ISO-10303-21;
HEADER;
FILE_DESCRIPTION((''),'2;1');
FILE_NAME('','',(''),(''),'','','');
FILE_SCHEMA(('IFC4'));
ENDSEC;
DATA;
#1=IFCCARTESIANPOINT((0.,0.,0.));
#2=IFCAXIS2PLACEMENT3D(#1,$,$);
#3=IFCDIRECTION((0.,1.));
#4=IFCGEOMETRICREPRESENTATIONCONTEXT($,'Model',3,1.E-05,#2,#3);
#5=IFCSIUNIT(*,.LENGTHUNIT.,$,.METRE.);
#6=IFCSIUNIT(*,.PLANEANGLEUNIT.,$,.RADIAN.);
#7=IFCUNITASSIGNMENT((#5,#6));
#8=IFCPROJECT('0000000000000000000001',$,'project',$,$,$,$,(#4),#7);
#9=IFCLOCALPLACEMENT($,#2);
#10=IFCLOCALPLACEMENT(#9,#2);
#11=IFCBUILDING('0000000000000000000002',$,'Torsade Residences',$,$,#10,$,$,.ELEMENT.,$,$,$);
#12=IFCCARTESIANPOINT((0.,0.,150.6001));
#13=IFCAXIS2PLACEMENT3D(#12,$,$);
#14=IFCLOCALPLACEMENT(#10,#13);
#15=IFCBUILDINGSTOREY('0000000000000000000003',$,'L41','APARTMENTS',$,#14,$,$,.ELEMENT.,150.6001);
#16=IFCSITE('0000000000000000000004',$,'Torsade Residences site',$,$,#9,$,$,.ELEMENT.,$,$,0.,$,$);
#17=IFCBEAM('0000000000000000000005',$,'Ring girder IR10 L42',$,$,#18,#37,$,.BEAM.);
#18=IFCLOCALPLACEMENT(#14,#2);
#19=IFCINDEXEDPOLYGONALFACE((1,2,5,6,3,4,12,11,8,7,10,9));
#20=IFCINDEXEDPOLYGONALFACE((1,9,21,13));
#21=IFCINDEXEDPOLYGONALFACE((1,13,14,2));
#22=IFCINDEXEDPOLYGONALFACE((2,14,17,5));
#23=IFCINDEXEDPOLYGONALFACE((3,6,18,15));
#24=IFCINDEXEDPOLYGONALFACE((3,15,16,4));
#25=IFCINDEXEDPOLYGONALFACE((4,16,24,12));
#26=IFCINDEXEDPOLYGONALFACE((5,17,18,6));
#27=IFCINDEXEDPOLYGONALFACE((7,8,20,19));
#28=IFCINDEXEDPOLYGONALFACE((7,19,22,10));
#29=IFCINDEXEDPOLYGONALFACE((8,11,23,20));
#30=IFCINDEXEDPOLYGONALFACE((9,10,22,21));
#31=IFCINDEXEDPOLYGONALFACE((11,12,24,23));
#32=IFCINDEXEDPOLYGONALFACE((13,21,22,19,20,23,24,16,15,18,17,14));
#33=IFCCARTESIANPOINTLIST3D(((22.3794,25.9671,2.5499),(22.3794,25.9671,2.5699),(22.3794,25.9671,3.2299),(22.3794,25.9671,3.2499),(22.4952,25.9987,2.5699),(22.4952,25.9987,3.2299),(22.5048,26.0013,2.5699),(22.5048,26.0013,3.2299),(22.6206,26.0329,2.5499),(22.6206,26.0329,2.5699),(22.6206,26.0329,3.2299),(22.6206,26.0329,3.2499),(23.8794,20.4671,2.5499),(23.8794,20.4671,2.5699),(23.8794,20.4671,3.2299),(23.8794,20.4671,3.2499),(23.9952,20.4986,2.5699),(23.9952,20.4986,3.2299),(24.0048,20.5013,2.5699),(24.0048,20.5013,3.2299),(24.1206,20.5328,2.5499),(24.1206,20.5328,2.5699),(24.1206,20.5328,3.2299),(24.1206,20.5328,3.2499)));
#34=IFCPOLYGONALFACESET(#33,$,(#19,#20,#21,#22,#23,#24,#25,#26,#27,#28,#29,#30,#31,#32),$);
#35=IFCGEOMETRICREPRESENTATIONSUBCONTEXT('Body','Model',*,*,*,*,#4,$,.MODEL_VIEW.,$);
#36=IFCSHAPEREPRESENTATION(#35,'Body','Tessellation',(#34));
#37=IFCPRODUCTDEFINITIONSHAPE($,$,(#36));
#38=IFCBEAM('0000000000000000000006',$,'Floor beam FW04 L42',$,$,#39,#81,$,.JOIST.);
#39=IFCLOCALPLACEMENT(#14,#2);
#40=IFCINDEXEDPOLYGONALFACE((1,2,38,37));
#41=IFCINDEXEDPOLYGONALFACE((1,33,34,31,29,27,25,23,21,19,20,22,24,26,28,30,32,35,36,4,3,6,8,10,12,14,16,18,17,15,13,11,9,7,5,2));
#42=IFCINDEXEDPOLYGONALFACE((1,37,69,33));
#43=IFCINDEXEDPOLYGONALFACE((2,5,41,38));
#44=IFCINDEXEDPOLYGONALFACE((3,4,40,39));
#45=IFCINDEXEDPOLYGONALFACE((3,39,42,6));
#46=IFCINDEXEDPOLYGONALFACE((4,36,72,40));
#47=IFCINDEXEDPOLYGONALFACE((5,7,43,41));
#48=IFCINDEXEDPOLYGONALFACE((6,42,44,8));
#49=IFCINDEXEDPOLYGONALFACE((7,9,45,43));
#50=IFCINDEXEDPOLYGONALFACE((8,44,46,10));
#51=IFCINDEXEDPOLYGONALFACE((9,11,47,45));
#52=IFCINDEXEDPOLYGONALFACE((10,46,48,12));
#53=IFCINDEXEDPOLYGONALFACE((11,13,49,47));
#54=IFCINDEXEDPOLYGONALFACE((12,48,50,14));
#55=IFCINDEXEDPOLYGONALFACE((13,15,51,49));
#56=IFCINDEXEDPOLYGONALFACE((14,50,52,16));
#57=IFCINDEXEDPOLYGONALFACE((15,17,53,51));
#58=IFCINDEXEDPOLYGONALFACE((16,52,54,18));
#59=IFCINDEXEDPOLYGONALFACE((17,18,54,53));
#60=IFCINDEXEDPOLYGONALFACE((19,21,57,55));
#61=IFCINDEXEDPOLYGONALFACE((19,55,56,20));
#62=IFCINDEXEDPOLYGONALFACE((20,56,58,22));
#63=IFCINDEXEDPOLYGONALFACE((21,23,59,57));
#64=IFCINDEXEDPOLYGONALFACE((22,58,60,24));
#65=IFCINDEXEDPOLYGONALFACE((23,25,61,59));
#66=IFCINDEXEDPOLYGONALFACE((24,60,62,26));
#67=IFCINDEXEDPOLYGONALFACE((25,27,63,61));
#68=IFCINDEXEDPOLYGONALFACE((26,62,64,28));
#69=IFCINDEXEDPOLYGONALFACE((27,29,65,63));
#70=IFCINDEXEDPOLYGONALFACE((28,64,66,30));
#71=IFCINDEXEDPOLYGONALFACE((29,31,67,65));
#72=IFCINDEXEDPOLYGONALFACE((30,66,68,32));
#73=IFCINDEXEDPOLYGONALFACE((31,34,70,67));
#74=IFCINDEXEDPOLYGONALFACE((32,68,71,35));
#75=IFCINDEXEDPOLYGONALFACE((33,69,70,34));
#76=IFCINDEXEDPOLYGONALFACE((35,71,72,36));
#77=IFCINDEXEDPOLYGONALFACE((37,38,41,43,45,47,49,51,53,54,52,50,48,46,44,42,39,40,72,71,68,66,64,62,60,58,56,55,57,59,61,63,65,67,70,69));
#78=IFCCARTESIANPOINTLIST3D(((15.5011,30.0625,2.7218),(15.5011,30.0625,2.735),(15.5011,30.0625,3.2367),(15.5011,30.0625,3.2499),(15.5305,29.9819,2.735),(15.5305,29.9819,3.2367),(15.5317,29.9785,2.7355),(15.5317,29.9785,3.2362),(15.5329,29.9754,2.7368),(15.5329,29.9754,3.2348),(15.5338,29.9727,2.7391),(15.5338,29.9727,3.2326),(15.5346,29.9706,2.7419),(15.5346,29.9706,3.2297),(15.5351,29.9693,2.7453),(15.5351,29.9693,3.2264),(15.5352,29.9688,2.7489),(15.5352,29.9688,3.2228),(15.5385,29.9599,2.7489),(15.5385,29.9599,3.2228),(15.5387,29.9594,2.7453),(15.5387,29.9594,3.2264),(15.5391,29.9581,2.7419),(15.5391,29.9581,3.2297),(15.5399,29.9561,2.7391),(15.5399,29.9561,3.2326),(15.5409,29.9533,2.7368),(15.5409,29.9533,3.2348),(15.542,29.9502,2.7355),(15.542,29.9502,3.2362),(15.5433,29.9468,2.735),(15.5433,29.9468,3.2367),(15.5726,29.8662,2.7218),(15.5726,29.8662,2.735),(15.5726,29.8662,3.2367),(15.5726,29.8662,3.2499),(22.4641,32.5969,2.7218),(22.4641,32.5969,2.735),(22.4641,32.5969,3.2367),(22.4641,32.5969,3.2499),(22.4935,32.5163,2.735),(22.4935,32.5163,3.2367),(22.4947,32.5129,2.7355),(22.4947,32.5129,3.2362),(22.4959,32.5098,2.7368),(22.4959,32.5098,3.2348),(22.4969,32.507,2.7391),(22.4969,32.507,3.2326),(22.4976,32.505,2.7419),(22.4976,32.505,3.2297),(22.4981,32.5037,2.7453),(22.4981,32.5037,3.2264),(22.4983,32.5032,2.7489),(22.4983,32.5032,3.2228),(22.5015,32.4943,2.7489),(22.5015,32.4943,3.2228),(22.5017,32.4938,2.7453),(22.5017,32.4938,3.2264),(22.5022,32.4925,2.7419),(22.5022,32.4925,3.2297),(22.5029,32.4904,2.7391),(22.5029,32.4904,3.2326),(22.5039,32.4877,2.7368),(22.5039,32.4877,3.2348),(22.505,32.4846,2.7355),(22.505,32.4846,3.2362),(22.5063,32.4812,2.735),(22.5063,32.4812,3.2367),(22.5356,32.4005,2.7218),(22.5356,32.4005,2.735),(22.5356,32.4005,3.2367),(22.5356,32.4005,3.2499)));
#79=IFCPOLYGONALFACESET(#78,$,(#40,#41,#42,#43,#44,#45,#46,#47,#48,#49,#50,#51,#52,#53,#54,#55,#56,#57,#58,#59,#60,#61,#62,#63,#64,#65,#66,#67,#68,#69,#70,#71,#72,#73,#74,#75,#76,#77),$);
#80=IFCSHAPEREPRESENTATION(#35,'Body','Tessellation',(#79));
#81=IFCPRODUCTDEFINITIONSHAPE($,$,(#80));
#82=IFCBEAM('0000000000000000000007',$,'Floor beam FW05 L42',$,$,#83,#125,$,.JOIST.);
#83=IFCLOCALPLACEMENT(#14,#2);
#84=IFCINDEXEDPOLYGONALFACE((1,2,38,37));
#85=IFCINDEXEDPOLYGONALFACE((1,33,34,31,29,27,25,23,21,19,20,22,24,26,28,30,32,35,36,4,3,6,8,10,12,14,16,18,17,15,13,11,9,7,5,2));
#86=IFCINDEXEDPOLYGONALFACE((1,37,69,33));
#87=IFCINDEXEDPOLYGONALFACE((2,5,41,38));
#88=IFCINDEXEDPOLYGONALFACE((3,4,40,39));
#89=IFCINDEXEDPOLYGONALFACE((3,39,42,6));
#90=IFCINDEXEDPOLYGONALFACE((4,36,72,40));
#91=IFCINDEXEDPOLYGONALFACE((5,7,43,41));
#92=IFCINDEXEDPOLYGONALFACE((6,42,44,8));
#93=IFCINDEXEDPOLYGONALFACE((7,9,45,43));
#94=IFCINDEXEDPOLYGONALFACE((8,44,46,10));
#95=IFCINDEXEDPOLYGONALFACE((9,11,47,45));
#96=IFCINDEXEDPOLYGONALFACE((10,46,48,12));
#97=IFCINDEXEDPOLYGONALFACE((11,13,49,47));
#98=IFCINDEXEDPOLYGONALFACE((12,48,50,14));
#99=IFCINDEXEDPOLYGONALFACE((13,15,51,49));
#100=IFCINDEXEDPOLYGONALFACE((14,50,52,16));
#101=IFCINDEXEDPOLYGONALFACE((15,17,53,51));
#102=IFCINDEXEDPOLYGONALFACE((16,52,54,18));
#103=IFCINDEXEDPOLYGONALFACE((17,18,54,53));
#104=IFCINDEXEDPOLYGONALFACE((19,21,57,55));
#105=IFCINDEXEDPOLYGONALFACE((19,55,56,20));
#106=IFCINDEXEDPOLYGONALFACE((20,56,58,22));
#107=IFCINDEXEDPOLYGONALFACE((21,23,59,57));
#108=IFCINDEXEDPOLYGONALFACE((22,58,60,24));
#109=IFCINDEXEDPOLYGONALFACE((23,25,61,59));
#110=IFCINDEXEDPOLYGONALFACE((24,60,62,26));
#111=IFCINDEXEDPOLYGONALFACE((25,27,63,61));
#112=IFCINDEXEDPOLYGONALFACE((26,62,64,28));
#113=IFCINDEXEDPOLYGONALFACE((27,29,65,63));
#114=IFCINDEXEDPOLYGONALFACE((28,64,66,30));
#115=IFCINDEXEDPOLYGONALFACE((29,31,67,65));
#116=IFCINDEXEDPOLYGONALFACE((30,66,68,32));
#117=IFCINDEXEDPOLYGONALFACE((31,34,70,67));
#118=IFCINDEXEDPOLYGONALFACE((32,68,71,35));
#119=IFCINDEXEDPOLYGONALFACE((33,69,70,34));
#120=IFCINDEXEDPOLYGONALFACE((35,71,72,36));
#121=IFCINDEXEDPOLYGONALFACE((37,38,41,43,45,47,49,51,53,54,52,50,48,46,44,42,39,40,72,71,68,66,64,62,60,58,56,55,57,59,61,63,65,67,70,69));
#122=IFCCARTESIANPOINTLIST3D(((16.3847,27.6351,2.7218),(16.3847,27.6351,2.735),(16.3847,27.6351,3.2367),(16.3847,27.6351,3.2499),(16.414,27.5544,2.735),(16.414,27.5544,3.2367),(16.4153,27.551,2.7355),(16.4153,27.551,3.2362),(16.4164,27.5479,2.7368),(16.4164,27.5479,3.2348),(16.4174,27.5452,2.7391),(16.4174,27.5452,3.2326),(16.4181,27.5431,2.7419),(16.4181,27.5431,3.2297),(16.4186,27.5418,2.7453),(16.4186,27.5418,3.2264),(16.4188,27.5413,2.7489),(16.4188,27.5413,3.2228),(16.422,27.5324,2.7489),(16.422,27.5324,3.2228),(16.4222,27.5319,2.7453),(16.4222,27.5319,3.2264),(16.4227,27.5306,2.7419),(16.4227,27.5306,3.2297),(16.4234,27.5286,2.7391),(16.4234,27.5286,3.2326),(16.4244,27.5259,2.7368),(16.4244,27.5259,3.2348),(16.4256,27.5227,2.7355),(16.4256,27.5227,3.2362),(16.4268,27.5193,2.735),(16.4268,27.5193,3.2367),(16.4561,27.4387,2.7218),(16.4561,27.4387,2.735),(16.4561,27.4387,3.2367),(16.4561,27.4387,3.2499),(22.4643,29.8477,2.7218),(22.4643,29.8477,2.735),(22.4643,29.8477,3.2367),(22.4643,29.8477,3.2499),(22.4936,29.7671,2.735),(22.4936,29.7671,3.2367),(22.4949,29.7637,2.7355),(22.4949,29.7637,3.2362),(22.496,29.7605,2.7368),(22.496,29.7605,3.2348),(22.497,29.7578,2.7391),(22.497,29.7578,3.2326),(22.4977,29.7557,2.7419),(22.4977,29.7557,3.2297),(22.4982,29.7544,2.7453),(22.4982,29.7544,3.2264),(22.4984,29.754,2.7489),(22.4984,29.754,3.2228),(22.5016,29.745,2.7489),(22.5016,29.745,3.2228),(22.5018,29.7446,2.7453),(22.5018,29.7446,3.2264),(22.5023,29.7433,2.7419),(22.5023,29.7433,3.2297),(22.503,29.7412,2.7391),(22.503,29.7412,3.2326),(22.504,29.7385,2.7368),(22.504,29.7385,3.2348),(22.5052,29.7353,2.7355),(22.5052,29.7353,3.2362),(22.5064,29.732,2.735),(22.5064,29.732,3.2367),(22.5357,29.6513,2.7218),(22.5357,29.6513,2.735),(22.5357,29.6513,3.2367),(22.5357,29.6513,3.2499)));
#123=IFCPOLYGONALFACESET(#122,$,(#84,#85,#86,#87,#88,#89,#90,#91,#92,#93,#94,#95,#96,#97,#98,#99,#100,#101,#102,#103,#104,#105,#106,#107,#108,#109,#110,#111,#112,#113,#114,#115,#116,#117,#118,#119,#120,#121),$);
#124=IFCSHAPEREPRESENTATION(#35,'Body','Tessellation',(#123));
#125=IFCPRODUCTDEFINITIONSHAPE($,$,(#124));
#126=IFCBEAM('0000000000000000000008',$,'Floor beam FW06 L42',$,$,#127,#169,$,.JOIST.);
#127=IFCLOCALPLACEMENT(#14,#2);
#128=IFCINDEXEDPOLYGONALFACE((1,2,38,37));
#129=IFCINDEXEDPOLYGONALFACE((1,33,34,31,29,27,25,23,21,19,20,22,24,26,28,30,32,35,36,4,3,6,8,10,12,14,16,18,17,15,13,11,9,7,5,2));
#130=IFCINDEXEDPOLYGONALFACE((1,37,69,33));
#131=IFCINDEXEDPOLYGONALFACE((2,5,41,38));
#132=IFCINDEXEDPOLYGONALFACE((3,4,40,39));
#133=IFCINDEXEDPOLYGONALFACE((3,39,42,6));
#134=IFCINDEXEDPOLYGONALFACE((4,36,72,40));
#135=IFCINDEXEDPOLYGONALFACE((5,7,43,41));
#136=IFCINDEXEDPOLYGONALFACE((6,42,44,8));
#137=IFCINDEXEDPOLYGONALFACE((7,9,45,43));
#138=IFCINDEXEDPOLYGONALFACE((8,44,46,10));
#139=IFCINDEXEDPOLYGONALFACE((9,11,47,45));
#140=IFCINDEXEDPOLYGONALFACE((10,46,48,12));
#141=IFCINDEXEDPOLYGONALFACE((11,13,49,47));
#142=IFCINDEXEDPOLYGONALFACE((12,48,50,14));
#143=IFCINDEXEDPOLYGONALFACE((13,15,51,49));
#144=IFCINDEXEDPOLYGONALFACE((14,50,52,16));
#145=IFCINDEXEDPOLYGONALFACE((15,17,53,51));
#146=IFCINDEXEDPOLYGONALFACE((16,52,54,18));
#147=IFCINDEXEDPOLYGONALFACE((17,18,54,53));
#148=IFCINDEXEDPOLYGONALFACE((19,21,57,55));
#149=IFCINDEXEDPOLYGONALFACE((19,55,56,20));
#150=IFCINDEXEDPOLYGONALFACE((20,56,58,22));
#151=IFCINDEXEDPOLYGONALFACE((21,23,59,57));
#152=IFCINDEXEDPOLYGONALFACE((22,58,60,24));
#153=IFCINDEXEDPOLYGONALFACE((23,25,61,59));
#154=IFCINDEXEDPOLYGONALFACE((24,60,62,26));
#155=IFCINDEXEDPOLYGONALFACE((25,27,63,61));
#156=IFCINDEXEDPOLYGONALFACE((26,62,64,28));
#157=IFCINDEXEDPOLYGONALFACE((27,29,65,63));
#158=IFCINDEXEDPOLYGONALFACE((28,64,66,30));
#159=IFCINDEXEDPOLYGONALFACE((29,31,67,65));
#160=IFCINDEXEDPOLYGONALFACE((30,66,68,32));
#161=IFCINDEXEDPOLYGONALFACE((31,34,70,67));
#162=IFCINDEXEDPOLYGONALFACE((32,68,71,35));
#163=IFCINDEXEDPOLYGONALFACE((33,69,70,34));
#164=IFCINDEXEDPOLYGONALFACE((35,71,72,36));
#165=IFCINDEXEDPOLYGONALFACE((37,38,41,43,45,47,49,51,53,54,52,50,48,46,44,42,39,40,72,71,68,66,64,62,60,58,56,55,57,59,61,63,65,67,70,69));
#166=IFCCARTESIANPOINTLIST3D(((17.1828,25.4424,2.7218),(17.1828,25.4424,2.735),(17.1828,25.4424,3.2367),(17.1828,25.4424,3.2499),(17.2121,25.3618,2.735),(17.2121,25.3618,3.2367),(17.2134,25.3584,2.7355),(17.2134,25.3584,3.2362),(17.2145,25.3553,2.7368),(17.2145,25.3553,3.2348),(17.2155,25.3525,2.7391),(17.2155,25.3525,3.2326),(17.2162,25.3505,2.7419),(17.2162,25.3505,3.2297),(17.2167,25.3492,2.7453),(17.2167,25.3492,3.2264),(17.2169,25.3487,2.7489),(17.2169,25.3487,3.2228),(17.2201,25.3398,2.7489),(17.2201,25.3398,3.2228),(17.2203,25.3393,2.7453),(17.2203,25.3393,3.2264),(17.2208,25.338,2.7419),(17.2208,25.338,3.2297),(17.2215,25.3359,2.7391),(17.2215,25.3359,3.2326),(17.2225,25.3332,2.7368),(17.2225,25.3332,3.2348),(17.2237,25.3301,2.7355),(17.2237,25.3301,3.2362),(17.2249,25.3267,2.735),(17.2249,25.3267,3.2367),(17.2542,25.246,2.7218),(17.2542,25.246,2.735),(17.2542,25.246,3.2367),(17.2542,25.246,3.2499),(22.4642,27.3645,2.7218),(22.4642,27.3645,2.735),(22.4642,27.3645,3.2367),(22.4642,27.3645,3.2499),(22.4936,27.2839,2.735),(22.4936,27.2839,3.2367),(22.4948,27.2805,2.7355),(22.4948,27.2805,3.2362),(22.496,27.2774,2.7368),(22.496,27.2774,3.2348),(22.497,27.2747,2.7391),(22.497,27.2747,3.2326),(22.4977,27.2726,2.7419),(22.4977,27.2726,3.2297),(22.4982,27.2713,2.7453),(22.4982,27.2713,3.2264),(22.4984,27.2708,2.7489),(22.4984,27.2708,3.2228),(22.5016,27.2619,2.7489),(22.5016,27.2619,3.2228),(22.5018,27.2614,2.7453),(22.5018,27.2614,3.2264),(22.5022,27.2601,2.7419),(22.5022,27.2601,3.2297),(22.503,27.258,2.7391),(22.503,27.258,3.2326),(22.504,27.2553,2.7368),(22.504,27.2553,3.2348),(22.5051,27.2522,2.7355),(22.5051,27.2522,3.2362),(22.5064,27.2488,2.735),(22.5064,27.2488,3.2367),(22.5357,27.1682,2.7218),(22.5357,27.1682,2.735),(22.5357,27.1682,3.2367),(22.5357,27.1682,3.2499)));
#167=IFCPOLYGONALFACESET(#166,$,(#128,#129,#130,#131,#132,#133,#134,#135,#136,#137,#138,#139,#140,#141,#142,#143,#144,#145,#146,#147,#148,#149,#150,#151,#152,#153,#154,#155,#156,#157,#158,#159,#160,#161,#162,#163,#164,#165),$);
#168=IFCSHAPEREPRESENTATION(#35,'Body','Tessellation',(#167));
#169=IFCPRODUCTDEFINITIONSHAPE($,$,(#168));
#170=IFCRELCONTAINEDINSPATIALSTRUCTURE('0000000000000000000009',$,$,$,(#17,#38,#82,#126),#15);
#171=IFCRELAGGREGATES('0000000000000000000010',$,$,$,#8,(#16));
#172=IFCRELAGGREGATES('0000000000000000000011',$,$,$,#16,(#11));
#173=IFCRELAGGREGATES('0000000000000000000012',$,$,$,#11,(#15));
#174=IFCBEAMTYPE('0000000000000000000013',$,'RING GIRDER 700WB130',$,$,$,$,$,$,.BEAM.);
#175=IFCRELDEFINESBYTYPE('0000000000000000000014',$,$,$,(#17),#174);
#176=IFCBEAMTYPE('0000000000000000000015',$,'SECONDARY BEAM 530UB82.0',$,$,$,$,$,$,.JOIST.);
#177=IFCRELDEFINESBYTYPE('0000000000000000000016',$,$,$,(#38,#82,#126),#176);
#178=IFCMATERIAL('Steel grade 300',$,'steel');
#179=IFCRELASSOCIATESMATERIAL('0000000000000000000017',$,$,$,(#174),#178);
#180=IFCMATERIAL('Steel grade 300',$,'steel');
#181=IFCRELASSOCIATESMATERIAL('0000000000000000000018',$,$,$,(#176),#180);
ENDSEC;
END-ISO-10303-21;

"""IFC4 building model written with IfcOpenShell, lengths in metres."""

from ifc_helpers import new_model, si_unit, direction, frame, origin, origin_2d, place, context, subcontext, project, spatial, i_section, extrude, material, material_profile, profile_set, type_object, element, save


model = new_model("IFC4")

# Units and contexts
model_context = context("Model", 3, precision=1e-05, world=origin(), true_north=direction((0.0, 1.0)))
body_context = subcontext(model_context, "Body", "Model", "MODEL_VIEW")
ifc_project = project(units=[si_unit("LENGTHUNIT", "METRE"), si_unit("PLANEANGLEUNIT", "RADIAN")], contexts=[model_context])

# Site, building, storey
site_placement = place(None, origin())
site = spatial("IfcSite", under=ifc_project, at=site_placement, Name="Torsade Residences site", CompositionType="ELEMENT", RefElevation=0.0)
building_placement = place(site_placement, origin())
building = spatial("IfcBuilding", under=site, at=building_placement, Name="Torsade Residences", CompositionType="ELEMENT")
storey_placement = place(building_placement, frame((0.0, 0.0, 150.6001)))
storey = spatial("IfcBuildingStorey", under=building, at=storey_placement, Name="L41", Description="APARTMENTS", CompositionType="ELEMENT", Elevation=150.6001)

# Beams
ifc_material_1 = material(Name="Steel grade 300", Category="steel")
ifc_material_profile_1 = material_profile(ifc_material_1, i_section(OverallWidth=0.25, OverallDepth=0.7, WebThickness=0.01, FlangeThickness=0.02, at=origin_2d()), Name="700WB130")
ifc_profile_set_1 = profile_set([ifc_material_profile_1], Name="Steel grade 300")
beam_type_1 = type_object("IfcBeamType", Name="RING GIRDER 700WB130", PredefinedType="BEAM", material=ifc_profile_set_1)
beam_1_placement = place(storey_placement, frame((22.5, 26.0, 2.8999), z_axis=(0.263117, -0.964764, 0.0), x_axis=(0.964764, 0.263117, 0.0)))
element("IfcBeam", 1, at=beam_1_placement, inside=storey, type_object=beam_type_1, Name="Ring girder IR10 L42", PredefinedType="BEAM", context=body_context, shape_type="SweptSolid", body=[
    extrude(i_section(OverallWidth=0.25, OverallDepth=0.7, WebThickness=0.01, FlangeThickness=0.02, at=origin_2d()), origin(), (0.0, 0.0, 1.0), 5.7009),
])
ifc_material_2 = material(Name="Steel grade 300", Category="steel")
ifc_material_profile_2 = material_profile(ifc_material_2, i_section(OverallWidth=0.209, OverallDepth=0.5281, WebThickness=0.0095, FlangeThickness=0.0132, FilletRadius=0.0139, at=origin_2d()), Name="530UB82.0")
ifc_profile_set_2 = profile_set([ifc_material_profile_2], Name="Steel grade 300")
beam_type_2 = type_object("IfcBeamType", Name="SECONDARY BEAM 530UB82.0", PredefinedType="JOIST", material=ifc_profile_set_2)
beam_2_placement = place(storey_placement, frame((15.5369, 29.9644, 2.9858), z_axis=(0.93969, 0.342026, 0.0), x_axis=(-0.342026, 0.93969, 0.0)))
element("IfcBeam", 2, at=beam_2_placement, inside=storey, type_object=beam_type_2, Name="Floor beam FW04 L42", PredefinedType="JOIST", context=body_context, shape_type="SweptSolid", body=[
    extrude(i_section(OverallWidth=0.209, OverallDepth=0.5281, WebThickness=0.0095, FlangeThickness=0.0132, FilletRadius=0.0139, at=origin_2d()), origin(), (0.0, 0.0, 1.0), 7.4099),
])
beam_3_placement = place(storey_placement, frame((16.4204, 27.5369, 2.9858), z_axis=(0.9397, 0.342001, 0.0), x_axis=(-0.342001, 0.9397, 0.0)))
element("IfcBeam", 3, at=beam_3_placement, inside=storey, type_object=beam_type_2, Name="Floor beam FW05 L42", PredefinedType="JOIST", context=body_context, shape_type="SweptSolid", body=[
    extrude(i_section(OverallWidth=0.209, OverallDepth=0.5281, WebThickness=0.0095, FlangeThickness=0.0132, FilletRadius=0.0139, at=origin_2d()), origin(), (0.0, 0.0, 1.0), 6.4697),
])
beam_4_placement = place(storey_placement, frame((17.2185, 25.3442, 2.9858), z_axis=(0.939703, 0.341991, 0.0), x_axis=(-0.341991, 0.939703, 0.0)))
element("IfcBeam", 4, at=beam_4_placement, inside=storey, type_object=beam_type_2, Name="Floor beam FW06 L42", PredefinedType="JOIST", context=body_context, shape_type="SweptSolid", body=[
    extrude(i_section(OverallWidth=0.209, OverallDepth=0.5281, WebThickness=0.0095, FlangeThickness=0.0132, FilletRadius=0.0139, at=origin_2d()), origin(), (0.0, 0.0, 1.0), 5.6204),
])

save(model, "model.ifc")
